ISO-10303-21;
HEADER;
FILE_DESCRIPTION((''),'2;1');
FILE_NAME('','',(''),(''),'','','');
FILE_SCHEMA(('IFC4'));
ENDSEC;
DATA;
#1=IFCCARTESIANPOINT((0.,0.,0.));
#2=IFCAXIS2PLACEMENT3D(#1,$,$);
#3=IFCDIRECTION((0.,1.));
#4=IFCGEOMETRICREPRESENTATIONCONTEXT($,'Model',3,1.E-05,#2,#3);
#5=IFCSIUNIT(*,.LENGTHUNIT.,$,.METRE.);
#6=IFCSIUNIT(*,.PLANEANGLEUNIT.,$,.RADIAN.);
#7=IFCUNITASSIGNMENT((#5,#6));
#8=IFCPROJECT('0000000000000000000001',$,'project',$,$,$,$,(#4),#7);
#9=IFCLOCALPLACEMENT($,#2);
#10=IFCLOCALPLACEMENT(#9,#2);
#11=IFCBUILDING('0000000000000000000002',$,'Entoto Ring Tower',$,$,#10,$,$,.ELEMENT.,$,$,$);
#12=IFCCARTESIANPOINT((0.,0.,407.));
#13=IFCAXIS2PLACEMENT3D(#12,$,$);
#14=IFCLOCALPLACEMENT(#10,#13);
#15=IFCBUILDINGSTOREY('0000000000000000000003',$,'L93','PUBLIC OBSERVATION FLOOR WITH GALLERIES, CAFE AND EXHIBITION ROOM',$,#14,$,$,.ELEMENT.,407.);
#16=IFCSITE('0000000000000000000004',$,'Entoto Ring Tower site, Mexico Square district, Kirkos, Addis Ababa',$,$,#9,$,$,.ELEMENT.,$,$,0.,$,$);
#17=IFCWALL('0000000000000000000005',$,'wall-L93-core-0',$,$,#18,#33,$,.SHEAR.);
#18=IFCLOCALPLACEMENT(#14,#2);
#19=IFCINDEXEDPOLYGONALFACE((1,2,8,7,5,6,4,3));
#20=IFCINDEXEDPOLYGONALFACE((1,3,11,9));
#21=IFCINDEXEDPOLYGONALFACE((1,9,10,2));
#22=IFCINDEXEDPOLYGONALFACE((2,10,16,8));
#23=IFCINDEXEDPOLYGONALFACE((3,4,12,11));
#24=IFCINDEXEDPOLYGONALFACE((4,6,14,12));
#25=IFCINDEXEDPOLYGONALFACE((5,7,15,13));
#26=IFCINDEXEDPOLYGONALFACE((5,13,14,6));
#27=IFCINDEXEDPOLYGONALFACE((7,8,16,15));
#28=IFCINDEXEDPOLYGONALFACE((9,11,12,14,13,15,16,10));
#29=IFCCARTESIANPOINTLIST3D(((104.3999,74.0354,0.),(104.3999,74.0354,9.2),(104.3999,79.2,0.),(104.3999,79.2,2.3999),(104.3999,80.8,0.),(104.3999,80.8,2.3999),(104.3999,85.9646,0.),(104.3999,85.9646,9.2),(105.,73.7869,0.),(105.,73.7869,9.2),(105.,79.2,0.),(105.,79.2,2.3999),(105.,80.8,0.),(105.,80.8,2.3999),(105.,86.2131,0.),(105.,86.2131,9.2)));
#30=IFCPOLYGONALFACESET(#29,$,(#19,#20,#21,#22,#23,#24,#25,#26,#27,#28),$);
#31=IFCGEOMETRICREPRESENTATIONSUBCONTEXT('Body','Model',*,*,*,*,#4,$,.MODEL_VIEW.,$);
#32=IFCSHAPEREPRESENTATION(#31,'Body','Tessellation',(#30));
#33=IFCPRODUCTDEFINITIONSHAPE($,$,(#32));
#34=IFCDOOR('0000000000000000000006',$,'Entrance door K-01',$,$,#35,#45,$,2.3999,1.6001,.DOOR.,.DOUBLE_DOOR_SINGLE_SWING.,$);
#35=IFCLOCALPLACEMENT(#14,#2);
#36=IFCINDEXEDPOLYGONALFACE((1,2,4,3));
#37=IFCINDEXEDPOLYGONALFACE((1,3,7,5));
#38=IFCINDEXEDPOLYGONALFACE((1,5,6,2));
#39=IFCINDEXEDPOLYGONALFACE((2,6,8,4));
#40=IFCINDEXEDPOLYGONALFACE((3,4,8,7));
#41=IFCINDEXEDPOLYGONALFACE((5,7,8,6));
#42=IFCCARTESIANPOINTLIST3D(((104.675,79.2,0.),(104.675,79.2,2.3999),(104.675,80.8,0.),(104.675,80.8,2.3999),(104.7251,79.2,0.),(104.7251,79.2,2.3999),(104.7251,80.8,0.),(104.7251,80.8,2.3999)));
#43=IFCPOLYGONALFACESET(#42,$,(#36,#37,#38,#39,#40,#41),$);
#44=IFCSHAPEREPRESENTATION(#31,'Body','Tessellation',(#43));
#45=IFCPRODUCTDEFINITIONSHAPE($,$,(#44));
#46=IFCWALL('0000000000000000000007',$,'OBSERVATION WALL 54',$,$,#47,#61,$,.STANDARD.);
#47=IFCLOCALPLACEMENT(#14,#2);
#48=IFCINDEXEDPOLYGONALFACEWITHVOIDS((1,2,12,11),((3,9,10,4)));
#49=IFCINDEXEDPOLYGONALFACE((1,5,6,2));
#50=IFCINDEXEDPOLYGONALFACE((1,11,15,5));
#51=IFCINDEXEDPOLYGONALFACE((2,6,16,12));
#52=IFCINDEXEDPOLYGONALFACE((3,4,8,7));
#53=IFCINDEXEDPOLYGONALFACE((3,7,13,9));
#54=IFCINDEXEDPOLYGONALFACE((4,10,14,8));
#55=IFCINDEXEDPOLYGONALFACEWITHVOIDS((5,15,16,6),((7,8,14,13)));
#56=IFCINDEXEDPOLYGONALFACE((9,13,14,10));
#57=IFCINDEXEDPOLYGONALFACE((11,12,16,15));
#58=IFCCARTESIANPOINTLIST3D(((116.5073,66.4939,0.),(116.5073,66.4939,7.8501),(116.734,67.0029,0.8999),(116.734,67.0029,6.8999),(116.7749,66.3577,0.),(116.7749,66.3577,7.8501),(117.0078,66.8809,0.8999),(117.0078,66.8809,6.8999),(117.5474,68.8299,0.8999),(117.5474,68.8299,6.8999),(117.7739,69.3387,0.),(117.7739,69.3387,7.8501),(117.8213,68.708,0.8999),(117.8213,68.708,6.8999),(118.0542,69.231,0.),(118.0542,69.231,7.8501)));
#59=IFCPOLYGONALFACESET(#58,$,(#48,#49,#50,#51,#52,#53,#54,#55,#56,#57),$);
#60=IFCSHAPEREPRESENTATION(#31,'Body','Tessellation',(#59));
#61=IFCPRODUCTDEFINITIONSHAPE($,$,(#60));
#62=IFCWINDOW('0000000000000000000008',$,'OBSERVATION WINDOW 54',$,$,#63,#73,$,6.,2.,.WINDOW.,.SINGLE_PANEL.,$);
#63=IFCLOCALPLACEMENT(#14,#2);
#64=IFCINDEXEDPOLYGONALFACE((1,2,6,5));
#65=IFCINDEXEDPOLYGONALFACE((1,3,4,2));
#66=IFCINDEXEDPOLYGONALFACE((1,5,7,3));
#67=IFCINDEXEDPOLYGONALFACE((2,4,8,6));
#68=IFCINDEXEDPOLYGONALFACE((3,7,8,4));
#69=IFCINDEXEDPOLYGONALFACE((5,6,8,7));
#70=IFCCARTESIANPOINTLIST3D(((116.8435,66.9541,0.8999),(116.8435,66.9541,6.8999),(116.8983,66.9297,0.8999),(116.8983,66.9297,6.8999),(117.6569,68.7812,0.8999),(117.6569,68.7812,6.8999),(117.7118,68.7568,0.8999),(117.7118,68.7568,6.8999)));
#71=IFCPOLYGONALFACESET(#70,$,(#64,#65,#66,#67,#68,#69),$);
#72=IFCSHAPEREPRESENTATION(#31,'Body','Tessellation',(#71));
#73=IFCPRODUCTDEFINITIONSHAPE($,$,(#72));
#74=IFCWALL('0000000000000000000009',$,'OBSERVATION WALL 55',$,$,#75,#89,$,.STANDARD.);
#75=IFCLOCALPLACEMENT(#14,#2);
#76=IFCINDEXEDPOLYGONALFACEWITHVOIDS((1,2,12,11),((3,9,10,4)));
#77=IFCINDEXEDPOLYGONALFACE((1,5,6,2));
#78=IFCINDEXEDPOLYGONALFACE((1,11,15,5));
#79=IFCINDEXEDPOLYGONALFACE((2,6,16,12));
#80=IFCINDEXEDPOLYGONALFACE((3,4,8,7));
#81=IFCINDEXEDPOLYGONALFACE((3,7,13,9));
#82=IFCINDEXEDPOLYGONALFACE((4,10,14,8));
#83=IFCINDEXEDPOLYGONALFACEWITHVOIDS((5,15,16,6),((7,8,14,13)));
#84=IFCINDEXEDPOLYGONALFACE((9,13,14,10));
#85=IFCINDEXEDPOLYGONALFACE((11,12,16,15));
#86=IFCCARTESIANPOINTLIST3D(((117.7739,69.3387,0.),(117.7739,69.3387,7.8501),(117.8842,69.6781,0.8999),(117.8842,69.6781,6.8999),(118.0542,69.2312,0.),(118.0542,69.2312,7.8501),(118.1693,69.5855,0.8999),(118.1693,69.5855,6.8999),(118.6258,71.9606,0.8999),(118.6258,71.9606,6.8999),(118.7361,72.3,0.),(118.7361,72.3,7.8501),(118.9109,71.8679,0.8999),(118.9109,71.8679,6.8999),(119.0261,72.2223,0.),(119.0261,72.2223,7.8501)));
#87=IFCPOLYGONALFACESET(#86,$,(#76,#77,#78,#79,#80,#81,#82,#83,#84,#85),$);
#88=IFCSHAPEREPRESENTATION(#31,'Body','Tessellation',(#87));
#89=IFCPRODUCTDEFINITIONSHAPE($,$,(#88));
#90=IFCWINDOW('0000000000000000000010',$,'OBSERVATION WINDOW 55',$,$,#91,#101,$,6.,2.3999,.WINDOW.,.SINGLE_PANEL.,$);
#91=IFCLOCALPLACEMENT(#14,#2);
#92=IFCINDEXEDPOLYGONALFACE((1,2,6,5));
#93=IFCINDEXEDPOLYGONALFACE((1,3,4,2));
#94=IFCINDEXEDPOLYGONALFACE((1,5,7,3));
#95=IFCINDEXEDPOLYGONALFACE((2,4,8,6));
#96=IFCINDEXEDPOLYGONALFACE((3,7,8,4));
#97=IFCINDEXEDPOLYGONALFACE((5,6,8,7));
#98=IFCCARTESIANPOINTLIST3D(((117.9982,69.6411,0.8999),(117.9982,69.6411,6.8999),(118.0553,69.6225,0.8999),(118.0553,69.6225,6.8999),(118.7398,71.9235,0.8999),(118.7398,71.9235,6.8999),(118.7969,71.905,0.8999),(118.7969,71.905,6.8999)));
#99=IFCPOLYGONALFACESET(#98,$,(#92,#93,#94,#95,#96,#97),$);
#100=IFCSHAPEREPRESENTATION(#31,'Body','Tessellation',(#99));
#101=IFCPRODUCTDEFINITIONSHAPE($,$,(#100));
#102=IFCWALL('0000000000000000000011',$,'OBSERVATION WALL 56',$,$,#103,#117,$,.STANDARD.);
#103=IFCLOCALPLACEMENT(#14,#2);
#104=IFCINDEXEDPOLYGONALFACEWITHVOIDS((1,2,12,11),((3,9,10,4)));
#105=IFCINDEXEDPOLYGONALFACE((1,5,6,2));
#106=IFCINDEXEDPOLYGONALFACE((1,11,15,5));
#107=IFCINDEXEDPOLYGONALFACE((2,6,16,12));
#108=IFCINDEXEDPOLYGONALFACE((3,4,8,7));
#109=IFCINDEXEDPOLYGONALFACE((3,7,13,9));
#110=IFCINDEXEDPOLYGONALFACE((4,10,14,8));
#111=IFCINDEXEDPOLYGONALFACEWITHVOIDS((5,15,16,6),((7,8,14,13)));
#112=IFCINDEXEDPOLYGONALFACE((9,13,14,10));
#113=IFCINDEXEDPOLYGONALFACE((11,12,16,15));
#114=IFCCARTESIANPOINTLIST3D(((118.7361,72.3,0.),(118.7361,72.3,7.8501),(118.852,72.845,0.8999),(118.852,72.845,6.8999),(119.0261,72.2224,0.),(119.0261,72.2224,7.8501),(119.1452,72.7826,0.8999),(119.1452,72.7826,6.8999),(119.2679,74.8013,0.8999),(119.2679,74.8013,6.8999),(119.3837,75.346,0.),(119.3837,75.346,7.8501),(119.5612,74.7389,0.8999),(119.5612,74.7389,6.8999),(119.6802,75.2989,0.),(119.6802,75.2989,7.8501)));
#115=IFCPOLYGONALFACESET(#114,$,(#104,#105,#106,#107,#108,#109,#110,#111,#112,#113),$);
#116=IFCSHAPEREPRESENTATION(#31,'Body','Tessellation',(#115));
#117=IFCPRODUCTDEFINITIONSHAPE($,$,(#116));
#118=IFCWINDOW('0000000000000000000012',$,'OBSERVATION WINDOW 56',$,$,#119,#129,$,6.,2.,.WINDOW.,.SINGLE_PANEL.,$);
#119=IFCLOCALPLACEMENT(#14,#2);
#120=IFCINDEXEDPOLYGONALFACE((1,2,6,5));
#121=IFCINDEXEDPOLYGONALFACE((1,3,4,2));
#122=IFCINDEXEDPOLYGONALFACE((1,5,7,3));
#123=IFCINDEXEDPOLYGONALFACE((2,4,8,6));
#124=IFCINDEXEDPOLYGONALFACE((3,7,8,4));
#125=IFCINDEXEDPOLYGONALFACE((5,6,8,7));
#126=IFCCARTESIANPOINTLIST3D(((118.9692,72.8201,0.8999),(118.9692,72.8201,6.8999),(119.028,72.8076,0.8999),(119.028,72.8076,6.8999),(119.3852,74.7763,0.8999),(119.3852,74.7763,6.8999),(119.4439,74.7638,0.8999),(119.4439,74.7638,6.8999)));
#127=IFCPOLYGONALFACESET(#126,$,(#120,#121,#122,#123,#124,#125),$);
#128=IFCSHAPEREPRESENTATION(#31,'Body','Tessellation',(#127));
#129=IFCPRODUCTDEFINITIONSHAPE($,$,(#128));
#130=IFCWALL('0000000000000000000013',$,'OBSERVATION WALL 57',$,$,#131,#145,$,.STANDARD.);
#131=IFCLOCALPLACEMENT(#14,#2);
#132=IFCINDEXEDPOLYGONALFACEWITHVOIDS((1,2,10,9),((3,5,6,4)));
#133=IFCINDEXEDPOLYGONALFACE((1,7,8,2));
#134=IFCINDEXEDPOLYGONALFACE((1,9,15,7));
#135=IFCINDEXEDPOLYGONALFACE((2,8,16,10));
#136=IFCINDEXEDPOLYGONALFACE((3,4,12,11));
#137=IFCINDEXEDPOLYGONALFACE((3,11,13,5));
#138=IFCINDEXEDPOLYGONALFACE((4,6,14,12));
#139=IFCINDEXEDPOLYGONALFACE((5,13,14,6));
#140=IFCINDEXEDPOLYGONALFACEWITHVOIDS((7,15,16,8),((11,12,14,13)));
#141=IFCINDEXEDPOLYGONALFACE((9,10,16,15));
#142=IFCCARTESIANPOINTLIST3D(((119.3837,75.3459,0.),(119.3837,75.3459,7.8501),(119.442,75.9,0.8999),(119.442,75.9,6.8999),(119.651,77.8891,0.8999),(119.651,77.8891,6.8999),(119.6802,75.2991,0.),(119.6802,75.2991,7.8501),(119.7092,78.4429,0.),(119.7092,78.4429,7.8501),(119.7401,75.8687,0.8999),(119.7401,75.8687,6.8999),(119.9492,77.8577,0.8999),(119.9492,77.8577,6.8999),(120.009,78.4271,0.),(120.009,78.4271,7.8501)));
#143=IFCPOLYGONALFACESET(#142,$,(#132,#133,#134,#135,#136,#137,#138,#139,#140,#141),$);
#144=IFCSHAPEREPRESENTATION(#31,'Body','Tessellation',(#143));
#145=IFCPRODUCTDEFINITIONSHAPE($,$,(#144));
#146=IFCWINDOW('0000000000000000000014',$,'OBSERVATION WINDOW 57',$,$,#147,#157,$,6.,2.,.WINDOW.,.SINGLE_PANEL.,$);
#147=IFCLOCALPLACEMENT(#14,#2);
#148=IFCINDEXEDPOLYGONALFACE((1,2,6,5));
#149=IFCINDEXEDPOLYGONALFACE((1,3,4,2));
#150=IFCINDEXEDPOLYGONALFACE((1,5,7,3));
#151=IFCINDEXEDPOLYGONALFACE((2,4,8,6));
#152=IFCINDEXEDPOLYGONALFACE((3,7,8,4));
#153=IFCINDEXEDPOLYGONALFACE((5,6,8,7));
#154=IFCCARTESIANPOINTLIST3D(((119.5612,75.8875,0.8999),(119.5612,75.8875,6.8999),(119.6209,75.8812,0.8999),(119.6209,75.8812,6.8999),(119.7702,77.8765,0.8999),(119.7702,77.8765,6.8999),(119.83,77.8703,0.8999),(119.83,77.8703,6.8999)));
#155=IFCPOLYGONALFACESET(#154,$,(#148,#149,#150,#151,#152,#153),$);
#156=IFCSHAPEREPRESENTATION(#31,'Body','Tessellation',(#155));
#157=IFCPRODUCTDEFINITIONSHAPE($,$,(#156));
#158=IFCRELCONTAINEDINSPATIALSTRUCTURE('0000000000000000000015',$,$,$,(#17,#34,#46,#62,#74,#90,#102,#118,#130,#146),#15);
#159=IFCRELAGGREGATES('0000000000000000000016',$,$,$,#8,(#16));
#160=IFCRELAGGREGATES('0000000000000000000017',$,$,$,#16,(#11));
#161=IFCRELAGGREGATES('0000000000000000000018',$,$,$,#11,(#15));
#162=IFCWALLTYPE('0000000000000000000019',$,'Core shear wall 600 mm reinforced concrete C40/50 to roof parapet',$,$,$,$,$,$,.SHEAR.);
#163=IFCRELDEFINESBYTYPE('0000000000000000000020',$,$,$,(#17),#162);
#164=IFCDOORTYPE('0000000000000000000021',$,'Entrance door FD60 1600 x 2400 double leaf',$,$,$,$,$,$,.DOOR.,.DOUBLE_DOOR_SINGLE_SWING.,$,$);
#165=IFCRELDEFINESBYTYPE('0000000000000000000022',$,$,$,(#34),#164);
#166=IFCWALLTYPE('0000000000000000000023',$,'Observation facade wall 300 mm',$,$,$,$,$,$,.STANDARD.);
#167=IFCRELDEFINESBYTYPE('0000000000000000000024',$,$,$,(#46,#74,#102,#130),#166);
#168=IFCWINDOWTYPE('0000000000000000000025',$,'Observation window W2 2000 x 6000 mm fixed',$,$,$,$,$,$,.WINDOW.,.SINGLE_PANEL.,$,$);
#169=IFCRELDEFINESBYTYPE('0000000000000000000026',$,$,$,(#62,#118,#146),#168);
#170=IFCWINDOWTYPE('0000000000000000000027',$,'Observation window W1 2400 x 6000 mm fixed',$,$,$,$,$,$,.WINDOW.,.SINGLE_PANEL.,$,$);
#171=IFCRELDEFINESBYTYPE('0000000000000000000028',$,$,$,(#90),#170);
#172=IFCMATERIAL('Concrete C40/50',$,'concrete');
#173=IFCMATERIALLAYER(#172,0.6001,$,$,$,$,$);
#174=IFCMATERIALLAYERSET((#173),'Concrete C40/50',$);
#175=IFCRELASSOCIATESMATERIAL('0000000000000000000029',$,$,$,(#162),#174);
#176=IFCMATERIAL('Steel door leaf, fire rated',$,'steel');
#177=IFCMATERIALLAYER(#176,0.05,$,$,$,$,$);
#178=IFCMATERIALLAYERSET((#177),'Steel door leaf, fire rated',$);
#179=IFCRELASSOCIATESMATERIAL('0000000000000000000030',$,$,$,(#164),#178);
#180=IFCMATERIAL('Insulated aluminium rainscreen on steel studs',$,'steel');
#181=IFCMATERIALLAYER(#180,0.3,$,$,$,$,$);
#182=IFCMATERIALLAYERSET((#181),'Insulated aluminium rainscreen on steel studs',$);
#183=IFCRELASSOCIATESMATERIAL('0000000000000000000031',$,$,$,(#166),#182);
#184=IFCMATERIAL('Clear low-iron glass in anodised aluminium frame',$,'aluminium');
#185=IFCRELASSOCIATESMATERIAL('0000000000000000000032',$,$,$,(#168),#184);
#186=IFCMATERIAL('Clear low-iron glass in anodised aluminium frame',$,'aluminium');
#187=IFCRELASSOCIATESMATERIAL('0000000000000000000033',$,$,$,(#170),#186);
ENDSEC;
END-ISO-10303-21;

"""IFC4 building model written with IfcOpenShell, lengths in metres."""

from ifc_helpers import new_model, si_unit, direction, frame, frame_2d, origin, place, context, subcontext, project, spatial, polyline, rectangle, outline, extrude, material, layer, layer_set, type_object, element, fill, save


model = new_model("IFC4")

# Units and contexts
model_context = context("Model", 3, precision=1e-05, world=origin(), true_north=direction((0.0, 1.0)))
body_context = subcontext(model_context, "Body", "Model", "MODEL_VIEW")
ifc_project = project(units=[si_unit("LENGTHUNIT", "METRE"), si_unit("PLANEANGLEUNIT", "RADIAN")], contexts=[model_context])

# Site, building, storey
site_placement = place(None, origin())
site = spatial("IfcSite", under=ifc_project, at=site_placement, Name="Entoto Ring Tower site, Mexico Square district, Kirkos, Addis Ababa", CompositionType="ELEMENT", RefElevation=0.0)
building_placement = place(site_placement, origin())
building = spatial("IfcBuilding", under=site, at=building_placement, Name="Entoto Ring Tower", CompositionType="ELEMENT")
storey_placement = place(building_placement, frame((0.0, 0.0, 407.0)))
storey = spatial("IfcBuildingStorey", under=building, at=storey_placement, Name="L93", Description="PUBLIC OBSERVATION FLOOR WITH GALLERIES, CAFE AND EXHIBITION ROOM", CompositionType="ELEMENT", Elevation=407.0)

# Wall, opening, door
ifc_material_1 = material(Name="Concrete C40/50", Category="concrete")
ifc_layer_1 = layer(ifc_material_1, 0.6001)
ifc_layer_set_1 = layer_set([ifc_layer_1], Name="Concrete C40/50")
wall_type_1 = type_object("IfcWallType", Name="Core shear wall 600 mm reinforced concrete C40/50 to roof parapet", PredefinedType="SHEAR", material=ifc_layer_set_1)
wall_1_placement = place(storey_placement, frame((104.7, 73.9111, 0.0), z_axis=(0.0, 0.0, 1.0), x_axis=(0.0, 1.0, 0.0)))
wall_1 = element("IfcWall", 1, at=wall_1_placement, inside=storey, type_object=wall_type_1, Name="wall-L93-core-0", PredefinedType="SHEAR", context=body_context, shape_type="SweptSolid", body=[
    extrude(outline(polyline([(-0.1243, -0.3), (12.302, -0.3), (12.0535, 0.3), (0.1243, 0.3), (-0.1243, -0.3)])), origin(), (0.0, 0.0, 1.0), 9.2),
])
opening_1_placement = place(wall_1_placement, frame((5.2888, 0.0, 0.0)))
opening_1 = element("IfcOpeningElement", 2, at=opening_1_placement, cuts=wall_1, PredefinedType="OPENING", context=body_context, shape_type="SweptSolid", body=[
    extrude(rectangle(XDim=1.6001, YDim=2.3999, at=frame_2d((0.8, 1.2))), frame((0.0, 0.3101, 0.0), z_axis=(0.0, -1.0, 0.0), x_axis=(1.0, 0.0, 0.0)), (0.0, 0.0, 1.0), 0.6201),
])
ifc_material_2 = material(Name="Steel door leaf, fire rated", Category="steel")
ifc_layer_2 = layer(ifc_material_2, 0.05)
ifc_layer_set_2 = layer_set([ifc_layer_2], Name="Steel door leaf, fire rated")
door_type_1 = type_object("IfcDoorType", Name="Entrance door FD60 1600 x 2400 double leaf", OperationType="DOUBLE_DOOR_SINGLE_SWING", PredefinedType="DOOR", material=ifc_layer_set_2)
door_1_placement = place(opening_1_placement, origin())
door_1 = element("IfcDoor", 3, at=door_1_placement, inside=storey, type_object=door_type_1, Name="Entrance door K-01", OperationType="DOUBLE_DOOR_SINGLE_SWING", OverallHeight=2.3999, OverallWidth=1.6001, PredefinedType="DOOR", context=body_context, shape_type="SweptSolid", body=[
    extrude(rectangle(XDim=1.6001, YDim=2.3999, at=frame_2d((0.8, 1.2))), frame((0.0, 0.0249, 0.0), z_axis=(0.0, -1.0, 0.0), x_axis=(1.0, 0.0, 0.0)), (0.0, 0.0, 1.0), 0.05),
])
fill(opening_1, door_1)

# Walls, openings, windows
ifc_material_3 = material(Name="Insulated aluminium rainscreen on steel studs", Category="steel")
ifc_layer_3 = layer(ifc_material_3, 0.3)
ifc_layer_set_3 = layer_set([ifc_layer_3], Name="Insulated aluminium rainscreen on steel studs")
wall_type_2 = type_object("IfcWallType", Name="Observation facade wall 300 mm", PredefinedType="STANDARD", material=ifc_layer_set_3)
wall_2_placement = place(storey_placement, frame((116.6411, 66.4258, 0.0), z_axis=(0.0, 0.0, 1.0), x_axis=(0.406732, 0.913548, 0.0)))
wall_2 = element("IfcWall", 4, at=wall_2_placement, inside=storey, type_object=wall_type_2, Name="OBSERVATION WALL 54", PredefinedType="STANDARD", context=body_context, shape_type="SweptSolid", body=[
    extrude(outline(polyline([(-0.0078, -0.1499), (3.1375, -0.1499), (3.1218, 0.1499), (0.0078, 0.1499), (-0.0078, -0.1499)])), origin(), (0.0, 0.0, 1.0), 7.8501),
])
opening_2_placement = place(wall_2_placement, frame((0.5649, 0.0, 0.8999)))
opening_2 = element("IfcOpeningElement", 5, at=opening_2_placement, cuts=wall_2, PredefinedType="OPENING", context=body_context, shape_type="SweptSolid", body=[
    extrude(rectangle(XDim=2.0, YDim=6.0, at=frame_2d((1.0, 3.0))), frame((0.0, 0.1602, 0.0), z_axis=(0.0, -1.0, 0.0), x_axis=(1.0, 0.0, 0.0)), (0.0, 0.0, 1.0), 0.3201),
])
ifc_material_4 = material(Name="Clear low-iron glass in anodised aluminium frame", Category="aluminium")
window_type_1 = type_object("IfcWindowType", Name="Observation window W2 2000 x 6000 mm fixed", PartitioningType="SINGLE_PANEL", PredefinedType="WINDOW", material=ifc_material_4)
window_1_placement = place(opening_2_placement, origin())
window_1 = element("IfcWindow", 6, at=window_1_placement, inside=storey, type_object=window_type_1, Name="OBSERVATION WINDOW 54", OverallHeight=6.0, OverallWidth=2.0, PartitioningType="SINGLE_PANEL", PredefinedType="WINDOW", context=body_context, shape_type="SweptSolid", body=[
    extrude(rectangle(XDim=2.0, YDim=6.0, at=frame_2d((1.0, 3.0))), frame((0.0, 0.03, 0.0), z_axis=(0.0, -1.0, 0.0), x_axis=(1.0, 0.0, 0.0)), (0.0, 0.0, 1.0), 0.0601),
])
fill(opening_2, window_1)
wall_3_placement = place(storey_placement, frame((117.9141, 69.2849, 0.0), z_axis=(0.0, 0.0, 1.0), x_axis=(0.30901, 0.951059, 0.0)))
wall_3 = element("IfcWall", 7, at=wall_3_placement, inside=storey, type_object=wall_type_2, Name="OBSERVATION WALL 55", PredefinedType="STANDARD", context=body_context, shape_type="SweptSolid", body=[
    extrude(outline(polyline([(-0.0078, -0.1499), (3.1372, -0.1499), (3.1216, 0.1499), (0.0078, 0.1499), (-0.0078, -0.1499)])), origin(), (0.0, 0.0, 1.0), 7.8501),
])
opening_3_placement = place(wall_3_placement, frame((0.3647, 0.0, 0.8999)))
opening_3 = element("IfcOpeningElement", 8, at=opening_3_placement, cuts=wall_3, PredefinedType="OPENING", context=body_context, shape_type="SweptSolid", body=[
    extrude(rectangle(XDim=2.3999, YDim=6.0, at=frame_2d((1.2, 3.0))), frame((0.0, 0.1602, 0.0), z_axis=(0.0, -1.0, 0.0), x_axis=(1.0, 0.0, 0.0)), (0.0, 0.0, 1.0), 0.3201),
])
ifc_material_5 = material(Name="Clear low-iron glass in anodised aluminium frame", Category="aluminium")
window_type_2 = type_object("IfcWindowType", Name="Observation window W1 2400 x 6000 mm fixed", PartitioningType="SINGLE_PANEL", PredefinedType="WINDOW", material=ifc_material_5)
window_2_placement = place(opening_3_placement, origin())
window_2 = element("IfcWindow", 9, at=window_2_placement, inside=storey, type_object=window_type_2, Name="OBSERVATION WINDOW 55", OverallHeight=6.0, OverallWidth=2.3999, PartitioningType="SINGLE_PANEL", PredefinedType="WINDOW", context=body_context, shape_type="SweptSolid", body=[
    extrude(rectangle(XDim=2.3999, YDim=6.0, at=frame_2d((1.2, 3.0))), frame((0.0, 0.03, 0.0), z_axis=(0.0, -1.0, 0.0), x_axis=(1.0, 0.0, 0.0)), (0.0, 0.0, 1.0), 0.0601),
])
fill(opening_3, window_2)
wall_4_placement = place(storey_placement, frame((118.8811, 72.2612, 0.0), z_axis=(0.0, 0.0, 1.0), x_axis=(0.207968, 0.978136, 0.0)))
wall_4 = element("IfcWall", 10, at=wall_4_placement, inside=storey, type_object=wall_type_2, Name="OBSERVATION WALL 56", PredefinedType="STANDARD", context=body_context, shape_type="SweptSolid", body=[
    extrude(outline(polyline([(-0.0078, -0.1499), (3.1375, -0.1499), (3.1218, 0.1499), (0.0078, 0.1499), (-0.0078, -0.1499)])), origin(), (0.0, 0.0, 1.0), 7.8501),
])
opening_4_placement = place(wall_4_placement, frame((0.5649, 0.0, 0.8999)))
opening_4 = element("IfcOpeningElement", 11, at=opening_4_placement, cuts=wall_4, PredefinedType="OPENING", context=body_context, shape_type="SweptSolid", body=[
    extrude(rectangle(XDim=2.0, YDim=6.0, at=frame_2d((1.0, 3.0))), frame((0.0, 0.1602, 0.0), z_axis=(0.0, -1.0, 0.0), x_axis=(1.0, 0.0, 0.0)), (0.0, 0.0, 1.0), 0.3201),
])
window_3_placement = place(opening_4_placement, origin())
window_3 = element("IfcWindow", 12, at=window_3_placement, inside=storey, type_object=window_type_1, Name="OBSERVATION WINDOW 56", OverallHeight=6.0, OverallWidth=2.0, PartitioningType="SINGLE_PANEL", PredefinedType="WINDOW", context=body_context, shape_type="SweptSolid", body=[
    extrude(rectangle(XDim=2.0, YDim=6.0, at=frame_2d((1.0, 3.0))), frame((0.0, 0.03, 0.0), z_axis=(0.0, -1.0, 0.0), x_axis=(1.0, 0.0, 0.0)), (0.0, 0.0, 1.0), 0.0601),
])
fill(opening_4, window_3)
wall_5_placement = place(storey_placement, frame((119.532, 75.3225, 0.0), z_axis=(0.0, 0.0, 1.0), x_axis=(0.10453, 0.994522, 0.0)))
wall_5 = element("IfcWall", 13, at=wall_5_placement, inside=storey, type_object=wall_type_2, Name="OBSERVATION WALL 57", PredefinedType="STANDARD", context=body_context, shape_type="SweptSolid", body=[
    extrude(outline(polyline([(-0.0078, -0.1499), (3.1375, -0.1499), (3.1218, 0.1499), (0.0078, 0.1499), (-0.0078, -0.1499)])), origin(), (0.0, 0.0, 1.0), 7.8501),
])
opening_5_placement = place(wall_5_placement, frame((0.5649, 0.0, 0.8999)))
opening_5 = element("IfcOpeningElement", 14, at=opening_5_placement, cuts=wall_5, PredefinedType="OPENING", context=body_context, shape_type="SweptSolid", body=[
    extrude(rectangle(XDim=2.0, YDim=6.0, at=frame_2d((1.0, 3.0))), frame((0.0, 0.1602, 0.0), z_axis=(0.0, -1.0, 0.0), x_axis=(1.0, 0.0, 0.0)), (0.0, 0.0, 1.0), 0.3201),
])
window_4_placement = place(opening_5_placement, origin())
window_4 = element("IfcWindow", 15, at=window_4_placement, inside=storey, type_object=window_type_1, Name="OBSERVATION WINDOW 57", OverallHeight=6.0, OverallWidth=2.0, PartitioningType="SINGLE_PANEL", PredefinedType="WINDOW", context=body_context, shape_type="SweptSolid", body=[
    extrude(rectangle(XDim=2.0, YDim=6.0, at=frame_2d((1.0, 3.0))), frame((0.0, 0.03, 0.0), z_axis=(0.0, -1.0, 0.0), x_axis=(1.0, 0.0, 0.0)), (0.0, 0.0, 1.0), 0.0601),
])
fill(opening_5, window_4)

save(model, "model.ifc")
